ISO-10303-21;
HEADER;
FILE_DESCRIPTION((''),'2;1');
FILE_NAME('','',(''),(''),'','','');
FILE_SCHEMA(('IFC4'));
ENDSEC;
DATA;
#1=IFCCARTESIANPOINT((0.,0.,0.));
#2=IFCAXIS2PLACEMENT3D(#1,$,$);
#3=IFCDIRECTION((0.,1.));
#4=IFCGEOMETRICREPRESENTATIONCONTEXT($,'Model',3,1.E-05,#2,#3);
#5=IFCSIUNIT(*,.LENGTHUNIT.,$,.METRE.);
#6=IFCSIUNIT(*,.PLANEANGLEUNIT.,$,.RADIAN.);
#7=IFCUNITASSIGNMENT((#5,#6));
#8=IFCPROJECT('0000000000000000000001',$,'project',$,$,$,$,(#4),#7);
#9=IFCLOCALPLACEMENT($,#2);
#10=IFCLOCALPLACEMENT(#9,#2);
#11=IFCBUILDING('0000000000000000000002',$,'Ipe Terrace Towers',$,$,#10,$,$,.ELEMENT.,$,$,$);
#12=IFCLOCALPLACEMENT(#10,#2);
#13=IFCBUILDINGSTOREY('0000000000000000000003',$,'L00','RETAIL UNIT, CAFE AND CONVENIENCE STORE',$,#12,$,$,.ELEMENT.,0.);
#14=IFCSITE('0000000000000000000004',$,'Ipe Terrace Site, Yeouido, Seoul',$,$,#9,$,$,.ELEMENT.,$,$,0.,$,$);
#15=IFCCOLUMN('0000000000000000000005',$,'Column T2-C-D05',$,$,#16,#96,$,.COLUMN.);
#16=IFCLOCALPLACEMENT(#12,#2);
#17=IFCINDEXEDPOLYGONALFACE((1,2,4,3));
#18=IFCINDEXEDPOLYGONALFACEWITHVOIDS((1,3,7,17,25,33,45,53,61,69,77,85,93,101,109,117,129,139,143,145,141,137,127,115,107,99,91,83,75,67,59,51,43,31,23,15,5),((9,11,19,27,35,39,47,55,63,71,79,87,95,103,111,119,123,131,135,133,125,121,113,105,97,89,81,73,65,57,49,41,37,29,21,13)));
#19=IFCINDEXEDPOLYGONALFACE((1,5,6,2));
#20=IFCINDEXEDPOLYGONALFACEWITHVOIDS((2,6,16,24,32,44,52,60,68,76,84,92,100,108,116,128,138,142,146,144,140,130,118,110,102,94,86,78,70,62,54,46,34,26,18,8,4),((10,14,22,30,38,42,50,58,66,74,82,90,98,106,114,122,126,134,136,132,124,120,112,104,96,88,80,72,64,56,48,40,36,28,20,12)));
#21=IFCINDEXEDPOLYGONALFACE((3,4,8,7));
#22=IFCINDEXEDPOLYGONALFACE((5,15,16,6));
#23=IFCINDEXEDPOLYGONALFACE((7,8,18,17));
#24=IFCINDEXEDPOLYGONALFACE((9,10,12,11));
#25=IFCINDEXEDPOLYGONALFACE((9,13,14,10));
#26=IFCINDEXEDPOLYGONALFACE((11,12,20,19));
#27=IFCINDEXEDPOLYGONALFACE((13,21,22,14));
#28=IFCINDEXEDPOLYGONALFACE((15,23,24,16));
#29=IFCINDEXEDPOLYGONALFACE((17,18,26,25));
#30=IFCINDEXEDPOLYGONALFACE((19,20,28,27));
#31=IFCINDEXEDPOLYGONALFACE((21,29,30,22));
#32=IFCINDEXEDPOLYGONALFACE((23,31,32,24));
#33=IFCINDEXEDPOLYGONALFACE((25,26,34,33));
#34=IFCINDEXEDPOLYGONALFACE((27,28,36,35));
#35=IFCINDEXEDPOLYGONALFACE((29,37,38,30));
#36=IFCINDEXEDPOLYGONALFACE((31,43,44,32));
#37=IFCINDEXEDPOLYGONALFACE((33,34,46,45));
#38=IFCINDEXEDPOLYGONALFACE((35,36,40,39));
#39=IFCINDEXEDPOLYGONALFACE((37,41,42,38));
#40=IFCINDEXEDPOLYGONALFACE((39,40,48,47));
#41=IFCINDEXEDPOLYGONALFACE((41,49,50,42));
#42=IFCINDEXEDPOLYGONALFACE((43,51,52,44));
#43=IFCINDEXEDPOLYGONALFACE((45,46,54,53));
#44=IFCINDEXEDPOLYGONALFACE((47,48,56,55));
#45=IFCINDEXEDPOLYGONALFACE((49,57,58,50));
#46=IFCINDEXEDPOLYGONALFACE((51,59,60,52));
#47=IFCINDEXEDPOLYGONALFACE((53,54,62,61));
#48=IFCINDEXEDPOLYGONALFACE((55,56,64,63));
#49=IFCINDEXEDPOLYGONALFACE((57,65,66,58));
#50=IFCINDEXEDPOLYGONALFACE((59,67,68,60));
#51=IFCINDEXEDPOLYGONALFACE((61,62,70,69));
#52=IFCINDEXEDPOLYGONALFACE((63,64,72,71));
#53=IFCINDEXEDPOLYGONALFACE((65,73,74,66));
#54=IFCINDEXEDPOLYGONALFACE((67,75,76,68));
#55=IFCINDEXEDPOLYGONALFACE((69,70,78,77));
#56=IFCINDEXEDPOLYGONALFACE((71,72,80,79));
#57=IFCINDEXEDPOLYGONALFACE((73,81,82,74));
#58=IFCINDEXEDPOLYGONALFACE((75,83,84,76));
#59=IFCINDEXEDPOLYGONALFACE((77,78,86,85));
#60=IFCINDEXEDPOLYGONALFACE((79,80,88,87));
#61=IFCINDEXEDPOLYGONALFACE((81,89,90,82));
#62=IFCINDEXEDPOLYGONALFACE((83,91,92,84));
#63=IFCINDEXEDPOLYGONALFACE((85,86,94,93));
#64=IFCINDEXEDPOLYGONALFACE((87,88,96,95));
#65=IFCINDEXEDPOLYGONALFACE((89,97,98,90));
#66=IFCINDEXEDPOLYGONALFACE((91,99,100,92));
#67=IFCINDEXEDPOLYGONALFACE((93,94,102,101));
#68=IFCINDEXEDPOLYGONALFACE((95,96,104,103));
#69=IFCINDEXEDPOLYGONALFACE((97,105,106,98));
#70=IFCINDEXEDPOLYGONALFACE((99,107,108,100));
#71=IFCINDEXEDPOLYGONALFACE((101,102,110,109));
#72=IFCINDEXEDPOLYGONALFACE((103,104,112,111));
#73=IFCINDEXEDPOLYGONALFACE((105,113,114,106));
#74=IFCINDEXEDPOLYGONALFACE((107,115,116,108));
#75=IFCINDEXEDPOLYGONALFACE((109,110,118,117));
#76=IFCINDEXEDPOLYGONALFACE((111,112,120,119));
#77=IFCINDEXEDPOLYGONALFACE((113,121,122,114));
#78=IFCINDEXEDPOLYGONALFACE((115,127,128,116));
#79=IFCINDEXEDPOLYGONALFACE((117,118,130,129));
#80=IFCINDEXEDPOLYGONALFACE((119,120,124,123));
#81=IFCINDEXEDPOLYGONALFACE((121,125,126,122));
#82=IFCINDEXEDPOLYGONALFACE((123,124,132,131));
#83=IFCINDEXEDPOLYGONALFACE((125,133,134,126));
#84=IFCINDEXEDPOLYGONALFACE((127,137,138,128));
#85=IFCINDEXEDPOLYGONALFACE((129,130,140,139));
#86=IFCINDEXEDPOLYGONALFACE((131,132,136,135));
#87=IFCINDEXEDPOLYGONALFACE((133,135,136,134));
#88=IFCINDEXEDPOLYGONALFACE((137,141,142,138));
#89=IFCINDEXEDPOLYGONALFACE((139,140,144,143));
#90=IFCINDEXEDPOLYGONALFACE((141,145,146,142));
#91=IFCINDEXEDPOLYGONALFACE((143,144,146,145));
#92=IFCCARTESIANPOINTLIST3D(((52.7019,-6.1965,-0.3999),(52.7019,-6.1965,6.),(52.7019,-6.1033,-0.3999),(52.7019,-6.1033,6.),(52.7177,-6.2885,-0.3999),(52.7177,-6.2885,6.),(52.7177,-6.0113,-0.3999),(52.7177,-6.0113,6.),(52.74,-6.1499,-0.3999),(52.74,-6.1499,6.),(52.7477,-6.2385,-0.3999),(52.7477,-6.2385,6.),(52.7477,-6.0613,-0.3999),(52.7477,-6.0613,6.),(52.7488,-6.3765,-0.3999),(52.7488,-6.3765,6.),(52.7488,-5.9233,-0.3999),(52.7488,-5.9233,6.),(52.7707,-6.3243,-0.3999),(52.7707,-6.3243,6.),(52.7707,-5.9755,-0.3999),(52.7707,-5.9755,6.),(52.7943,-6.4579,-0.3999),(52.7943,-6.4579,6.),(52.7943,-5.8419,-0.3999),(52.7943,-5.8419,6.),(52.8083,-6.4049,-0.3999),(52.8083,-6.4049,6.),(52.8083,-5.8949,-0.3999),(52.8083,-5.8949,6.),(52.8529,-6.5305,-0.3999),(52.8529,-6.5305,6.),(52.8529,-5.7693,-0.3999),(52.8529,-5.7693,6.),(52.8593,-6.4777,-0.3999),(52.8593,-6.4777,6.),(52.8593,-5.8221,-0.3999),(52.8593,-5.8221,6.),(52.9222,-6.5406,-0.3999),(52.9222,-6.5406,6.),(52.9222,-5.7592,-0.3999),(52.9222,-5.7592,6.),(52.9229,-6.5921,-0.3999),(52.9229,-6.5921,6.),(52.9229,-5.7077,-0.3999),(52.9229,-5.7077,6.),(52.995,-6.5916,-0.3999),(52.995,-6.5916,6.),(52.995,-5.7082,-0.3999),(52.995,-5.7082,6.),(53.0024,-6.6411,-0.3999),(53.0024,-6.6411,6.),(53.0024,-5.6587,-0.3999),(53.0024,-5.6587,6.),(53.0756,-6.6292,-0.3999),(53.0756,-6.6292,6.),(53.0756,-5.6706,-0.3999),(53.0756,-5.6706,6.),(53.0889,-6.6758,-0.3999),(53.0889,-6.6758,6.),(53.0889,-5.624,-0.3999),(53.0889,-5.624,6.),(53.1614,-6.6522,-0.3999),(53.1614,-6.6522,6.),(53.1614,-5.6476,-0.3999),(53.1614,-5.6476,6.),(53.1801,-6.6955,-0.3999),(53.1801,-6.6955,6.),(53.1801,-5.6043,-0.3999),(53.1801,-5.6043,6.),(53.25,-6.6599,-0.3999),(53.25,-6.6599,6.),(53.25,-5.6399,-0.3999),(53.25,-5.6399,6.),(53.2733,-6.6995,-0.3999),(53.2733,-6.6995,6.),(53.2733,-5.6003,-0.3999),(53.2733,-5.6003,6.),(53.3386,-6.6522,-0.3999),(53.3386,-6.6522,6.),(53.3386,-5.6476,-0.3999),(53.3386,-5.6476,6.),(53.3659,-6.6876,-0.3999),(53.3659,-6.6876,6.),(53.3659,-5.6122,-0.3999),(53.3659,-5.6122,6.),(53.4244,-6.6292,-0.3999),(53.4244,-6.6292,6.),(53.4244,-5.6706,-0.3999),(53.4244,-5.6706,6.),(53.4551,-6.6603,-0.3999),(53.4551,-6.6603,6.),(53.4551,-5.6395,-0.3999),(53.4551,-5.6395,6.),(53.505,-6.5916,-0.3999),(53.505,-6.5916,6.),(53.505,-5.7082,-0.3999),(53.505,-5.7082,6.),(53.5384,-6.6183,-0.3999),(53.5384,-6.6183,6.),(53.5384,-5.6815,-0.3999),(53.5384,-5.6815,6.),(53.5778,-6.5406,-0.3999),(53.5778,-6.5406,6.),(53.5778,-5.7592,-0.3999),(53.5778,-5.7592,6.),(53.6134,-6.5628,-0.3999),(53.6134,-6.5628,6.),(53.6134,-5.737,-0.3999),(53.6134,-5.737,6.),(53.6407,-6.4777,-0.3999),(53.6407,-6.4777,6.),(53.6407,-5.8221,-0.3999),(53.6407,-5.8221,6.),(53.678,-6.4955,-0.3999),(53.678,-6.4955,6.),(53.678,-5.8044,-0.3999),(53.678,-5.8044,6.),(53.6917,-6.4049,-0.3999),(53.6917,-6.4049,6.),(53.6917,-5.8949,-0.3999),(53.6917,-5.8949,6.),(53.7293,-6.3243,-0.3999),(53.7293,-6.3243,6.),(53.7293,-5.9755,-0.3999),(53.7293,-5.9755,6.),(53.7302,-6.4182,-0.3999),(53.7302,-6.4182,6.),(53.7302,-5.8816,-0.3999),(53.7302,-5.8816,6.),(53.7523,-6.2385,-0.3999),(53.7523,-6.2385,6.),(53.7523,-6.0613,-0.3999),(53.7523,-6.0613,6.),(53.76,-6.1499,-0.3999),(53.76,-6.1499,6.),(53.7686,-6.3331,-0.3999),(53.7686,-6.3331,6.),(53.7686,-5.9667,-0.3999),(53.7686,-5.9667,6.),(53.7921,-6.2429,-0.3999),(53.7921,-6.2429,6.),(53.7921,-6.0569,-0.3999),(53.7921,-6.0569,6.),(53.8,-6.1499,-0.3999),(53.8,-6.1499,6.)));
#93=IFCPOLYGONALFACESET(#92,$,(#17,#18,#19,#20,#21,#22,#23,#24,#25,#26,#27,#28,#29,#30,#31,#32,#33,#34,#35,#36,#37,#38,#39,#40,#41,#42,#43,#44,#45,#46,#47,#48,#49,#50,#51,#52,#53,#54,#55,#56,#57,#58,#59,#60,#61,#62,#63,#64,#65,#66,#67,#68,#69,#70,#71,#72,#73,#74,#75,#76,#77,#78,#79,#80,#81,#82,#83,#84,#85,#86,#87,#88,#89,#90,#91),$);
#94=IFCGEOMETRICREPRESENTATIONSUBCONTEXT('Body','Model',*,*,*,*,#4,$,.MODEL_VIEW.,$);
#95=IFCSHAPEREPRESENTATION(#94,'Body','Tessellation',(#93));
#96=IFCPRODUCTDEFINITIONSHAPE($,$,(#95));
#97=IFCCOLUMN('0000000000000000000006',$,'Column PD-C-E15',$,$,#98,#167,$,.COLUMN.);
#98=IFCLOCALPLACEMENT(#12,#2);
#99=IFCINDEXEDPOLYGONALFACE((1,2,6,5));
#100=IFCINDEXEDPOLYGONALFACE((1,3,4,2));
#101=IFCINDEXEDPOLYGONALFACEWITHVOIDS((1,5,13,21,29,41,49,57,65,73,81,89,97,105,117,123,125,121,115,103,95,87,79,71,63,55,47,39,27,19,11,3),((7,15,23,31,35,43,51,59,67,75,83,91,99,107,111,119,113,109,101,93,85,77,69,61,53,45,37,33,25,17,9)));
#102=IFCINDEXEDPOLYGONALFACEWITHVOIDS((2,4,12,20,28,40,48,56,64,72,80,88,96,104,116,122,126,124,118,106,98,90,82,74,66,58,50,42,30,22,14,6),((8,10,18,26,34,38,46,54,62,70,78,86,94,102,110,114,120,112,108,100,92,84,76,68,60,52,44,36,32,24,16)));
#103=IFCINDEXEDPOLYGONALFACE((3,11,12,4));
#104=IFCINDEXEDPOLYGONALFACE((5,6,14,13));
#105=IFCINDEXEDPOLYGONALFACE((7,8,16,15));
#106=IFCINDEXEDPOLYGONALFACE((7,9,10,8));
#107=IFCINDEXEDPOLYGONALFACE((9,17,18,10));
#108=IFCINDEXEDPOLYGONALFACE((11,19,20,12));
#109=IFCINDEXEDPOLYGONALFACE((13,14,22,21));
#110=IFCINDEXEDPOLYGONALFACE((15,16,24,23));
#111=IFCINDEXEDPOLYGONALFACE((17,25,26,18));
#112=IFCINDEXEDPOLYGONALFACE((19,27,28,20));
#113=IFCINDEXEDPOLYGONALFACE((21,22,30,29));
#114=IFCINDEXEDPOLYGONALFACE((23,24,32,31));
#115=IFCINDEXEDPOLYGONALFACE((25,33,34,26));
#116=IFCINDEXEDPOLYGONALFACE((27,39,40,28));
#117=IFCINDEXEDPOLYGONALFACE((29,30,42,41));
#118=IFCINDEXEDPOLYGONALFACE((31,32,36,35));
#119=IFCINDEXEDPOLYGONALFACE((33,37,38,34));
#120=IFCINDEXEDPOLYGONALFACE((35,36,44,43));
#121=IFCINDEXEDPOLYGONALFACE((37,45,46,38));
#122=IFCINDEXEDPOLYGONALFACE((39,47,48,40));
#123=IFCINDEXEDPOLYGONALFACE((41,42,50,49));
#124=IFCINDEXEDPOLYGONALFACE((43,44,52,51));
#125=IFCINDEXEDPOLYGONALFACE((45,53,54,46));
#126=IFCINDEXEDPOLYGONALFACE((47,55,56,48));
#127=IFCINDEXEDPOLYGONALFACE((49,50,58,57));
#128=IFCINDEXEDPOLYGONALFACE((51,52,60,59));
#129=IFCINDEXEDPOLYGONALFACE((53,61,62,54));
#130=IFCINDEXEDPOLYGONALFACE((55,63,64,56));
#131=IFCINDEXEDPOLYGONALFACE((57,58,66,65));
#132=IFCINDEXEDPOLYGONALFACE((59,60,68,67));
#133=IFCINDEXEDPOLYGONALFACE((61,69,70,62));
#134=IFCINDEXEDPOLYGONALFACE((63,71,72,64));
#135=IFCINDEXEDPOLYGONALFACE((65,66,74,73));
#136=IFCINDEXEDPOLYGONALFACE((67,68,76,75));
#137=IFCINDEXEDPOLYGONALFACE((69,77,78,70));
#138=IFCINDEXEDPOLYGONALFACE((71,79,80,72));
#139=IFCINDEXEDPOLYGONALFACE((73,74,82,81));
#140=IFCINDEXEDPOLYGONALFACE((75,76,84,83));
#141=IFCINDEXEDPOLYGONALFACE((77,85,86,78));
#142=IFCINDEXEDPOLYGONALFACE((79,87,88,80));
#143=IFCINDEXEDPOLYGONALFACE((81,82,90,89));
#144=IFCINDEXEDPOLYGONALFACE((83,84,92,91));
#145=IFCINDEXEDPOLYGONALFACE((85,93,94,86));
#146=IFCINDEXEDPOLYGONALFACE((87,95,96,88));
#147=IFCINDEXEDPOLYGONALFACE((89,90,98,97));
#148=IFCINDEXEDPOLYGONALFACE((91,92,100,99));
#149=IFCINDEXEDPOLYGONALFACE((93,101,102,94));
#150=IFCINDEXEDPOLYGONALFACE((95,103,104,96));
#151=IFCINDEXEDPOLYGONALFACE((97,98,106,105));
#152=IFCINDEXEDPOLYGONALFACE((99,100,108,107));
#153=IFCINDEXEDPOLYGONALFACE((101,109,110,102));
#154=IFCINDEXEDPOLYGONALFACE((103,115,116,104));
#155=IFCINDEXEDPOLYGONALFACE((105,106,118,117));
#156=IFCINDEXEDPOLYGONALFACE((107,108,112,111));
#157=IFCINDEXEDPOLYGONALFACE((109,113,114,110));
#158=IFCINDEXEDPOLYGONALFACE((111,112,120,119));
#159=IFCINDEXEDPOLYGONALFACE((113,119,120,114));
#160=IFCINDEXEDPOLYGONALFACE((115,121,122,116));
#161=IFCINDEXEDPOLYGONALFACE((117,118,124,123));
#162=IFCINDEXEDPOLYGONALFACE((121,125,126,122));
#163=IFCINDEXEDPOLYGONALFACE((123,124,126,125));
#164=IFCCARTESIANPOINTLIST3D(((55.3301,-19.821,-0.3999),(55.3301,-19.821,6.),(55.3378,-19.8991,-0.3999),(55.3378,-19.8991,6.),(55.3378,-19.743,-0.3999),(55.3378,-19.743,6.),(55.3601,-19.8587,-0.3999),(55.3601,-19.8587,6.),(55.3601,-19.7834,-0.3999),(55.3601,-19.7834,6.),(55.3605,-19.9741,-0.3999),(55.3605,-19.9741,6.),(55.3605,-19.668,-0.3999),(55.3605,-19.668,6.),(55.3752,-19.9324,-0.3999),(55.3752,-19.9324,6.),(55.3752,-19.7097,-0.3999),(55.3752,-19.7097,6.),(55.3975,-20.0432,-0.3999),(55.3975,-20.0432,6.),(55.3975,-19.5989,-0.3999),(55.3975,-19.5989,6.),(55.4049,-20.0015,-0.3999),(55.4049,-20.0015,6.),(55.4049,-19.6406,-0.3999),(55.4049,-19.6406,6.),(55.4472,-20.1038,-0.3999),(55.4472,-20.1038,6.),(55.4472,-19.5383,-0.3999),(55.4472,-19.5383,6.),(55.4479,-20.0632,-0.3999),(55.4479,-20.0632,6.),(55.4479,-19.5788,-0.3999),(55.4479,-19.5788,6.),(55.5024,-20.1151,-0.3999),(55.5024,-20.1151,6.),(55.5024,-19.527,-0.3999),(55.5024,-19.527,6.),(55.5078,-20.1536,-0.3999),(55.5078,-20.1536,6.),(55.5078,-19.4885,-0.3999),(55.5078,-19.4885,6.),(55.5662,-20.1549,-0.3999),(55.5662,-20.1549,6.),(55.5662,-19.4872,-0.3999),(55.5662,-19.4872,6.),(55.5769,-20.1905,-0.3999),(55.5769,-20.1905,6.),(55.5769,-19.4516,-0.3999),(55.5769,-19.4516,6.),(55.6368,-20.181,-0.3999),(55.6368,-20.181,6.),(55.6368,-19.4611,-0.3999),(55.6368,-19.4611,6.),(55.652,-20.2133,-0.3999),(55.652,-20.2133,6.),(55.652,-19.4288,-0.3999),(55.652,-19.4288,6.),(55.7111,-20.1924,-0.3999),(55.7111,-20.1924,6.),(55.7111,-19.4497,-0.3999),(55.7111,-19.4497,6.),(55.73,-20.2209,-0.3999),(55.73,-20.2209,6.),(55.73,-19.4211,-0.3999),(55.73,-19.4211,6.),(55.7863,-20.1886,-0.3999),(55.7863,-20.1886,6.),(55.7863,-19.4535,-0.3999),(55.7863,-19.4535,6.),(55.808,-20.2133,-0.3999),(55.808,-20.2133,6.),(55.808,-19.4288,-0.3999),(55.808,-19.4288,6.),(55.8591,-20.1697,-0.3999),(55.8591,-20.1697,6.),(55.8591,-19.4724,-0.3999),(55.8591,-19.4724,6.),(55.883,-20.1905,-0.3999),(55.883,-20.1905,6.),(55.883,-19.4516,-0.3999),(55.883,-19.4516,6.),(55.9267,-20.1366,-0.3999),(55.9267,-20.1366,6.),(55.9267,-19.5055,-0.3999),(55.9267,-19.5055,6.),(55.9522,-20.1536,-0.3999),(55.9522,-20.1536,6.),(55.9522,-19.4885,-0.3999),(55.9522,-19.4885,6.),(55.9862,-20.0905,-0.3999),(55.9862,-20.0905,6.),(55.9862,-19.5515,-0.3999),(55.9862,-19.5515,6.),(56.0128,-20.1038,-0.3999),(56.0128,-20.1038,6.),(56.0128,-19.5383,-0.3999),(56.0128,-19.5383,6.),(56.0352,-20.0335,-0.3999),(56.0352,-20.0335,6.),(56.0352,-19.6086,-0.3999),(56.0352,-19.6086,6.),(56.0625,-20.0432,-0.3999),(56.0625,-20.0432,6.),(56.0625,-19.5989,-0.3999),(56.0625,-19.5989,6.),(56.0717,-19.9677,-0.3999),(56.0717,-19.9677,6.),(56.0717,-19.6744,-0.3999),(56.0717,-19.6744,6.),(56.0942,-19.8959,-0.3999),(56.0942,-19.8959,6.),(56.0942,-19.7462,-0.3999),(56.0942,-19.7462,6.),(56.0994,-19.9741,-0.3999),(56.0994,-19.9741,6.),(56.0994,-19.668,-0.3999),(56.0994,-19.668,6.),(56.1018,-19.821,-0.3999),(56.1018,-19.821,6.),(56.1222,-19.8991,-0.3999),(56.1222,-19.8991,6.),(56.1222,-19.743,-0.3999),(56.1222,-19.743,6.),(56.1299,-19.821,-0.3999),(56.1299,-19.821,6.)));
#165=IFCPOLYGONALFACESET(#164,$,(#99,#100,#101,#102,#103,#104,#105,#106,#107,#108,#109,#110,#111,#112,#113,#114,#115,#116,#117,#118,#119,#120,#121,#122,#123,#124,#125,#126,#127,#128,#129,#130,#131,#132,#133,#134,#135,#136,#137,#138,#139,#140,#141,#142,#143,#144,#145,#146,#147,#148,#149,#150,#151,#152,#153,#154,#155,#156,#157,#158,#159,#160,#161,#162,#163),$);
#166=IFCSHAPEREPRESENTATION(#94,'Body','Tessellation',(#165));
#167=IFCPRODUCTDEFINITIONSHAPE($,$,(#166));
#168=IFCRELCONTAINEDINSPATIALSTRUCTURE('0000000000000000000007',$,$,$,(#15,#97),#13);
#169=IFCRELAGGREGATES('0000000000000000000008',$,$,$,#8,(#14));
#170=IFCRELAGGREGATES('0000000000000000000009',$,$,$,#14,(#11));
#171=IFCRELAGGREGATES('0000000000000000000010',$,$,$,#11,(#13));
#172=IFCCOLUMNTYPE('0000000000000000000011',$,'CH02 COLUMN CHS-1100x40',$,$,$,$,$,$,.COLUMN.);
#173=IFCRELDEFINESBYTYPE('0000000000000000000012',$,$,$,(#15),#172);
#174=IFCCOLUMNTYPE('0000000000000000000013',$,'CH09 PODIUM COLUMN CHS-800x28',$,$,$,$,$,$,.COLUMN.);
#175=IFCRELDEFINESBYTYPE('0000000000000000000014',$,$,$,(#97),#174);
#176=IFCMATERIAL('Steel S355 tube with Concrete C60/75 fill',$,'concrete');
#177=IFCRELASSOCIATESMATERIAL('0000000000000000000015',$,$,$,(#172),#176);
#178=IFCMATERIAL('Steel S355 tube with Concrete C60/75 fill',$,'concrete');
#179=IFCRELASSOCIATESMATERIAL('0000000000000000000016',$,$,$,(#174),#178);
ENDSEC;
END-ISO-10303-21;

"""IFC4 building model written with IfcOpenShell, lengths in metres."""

from ifc_helpers import new_model, si_unit, direction, frame, origin, origin_2d, place, context, subcontext, project, spatial, hollow_circle, extrude, material, material_profile, profile_set, type_object, element, save


model = new_model("IFC4")

# Units and contexts
model_context = context("Model", 3, precision=1e-05, world=origin(), true_north=direction((0.0, 1.0)))
body_context = subcontext(model_context, "Body", "Model", "MODEL_VIEW")
ifc_project = project(units=[si_unit("LENGTHUNIT", "METRE"), si_unit("PLANEANGLEUNIT", "RADIAN")], contexts=[model_context])

# Site, building, storey
site_placement = place(None, origin())
site = spatial("IfcSite", under=ifc_project, at=site_placement, Name="Ipe Terrace Site, Yeouido, Seoul", CompositionType="ELEMENT", RefElevation=0.0)
building_placement = place(site_placement, origin())
building = spatial("IfcBuilding", under=site, at=building_placement, Name="Ipe Terrace Towers", CompositionType="ELEMENT")
storey_placement = place(building_placement, origin())
storey = spatial("IfcBuildingStorey", under=building, at=storey_placement, Name="L00", Description="RETAIL UNIT, CAFE AND CONVENIENCE STORE", CompositionType="ELEMENT", Elevation=0.0)

# Columns
ifc_material_1 = material(Name="Steel S355 tube with Concrete C60/75 fill", Category="concrete")
ifc_material_profile_1 = material_profile(ifc_material_1, hollow_circle(Radius=0.55, WallThickness=0.04, at=origin_2d()), Name="CHS-1100x40")
ifc_profile_set_1 = profile_set([ifc_material_profile_1], Name="Steel S355 tube with Concrete C60/75 fill")
column_type_1 = type_object("IfcColumnType", Name="CH02 COLUMN CHS-1100x40", PredefinedType="COLUMN", material=ifc_profile_set_1)
for number, where, z_axis, x_axis, name in (
    (1, (53.25, -6.1499, -0.3999), (0.0, 0.0, 1.0), (1.0, 0.0, 0.0), "Column T2-C-D05"),
):
    element("IfcColumn", number, at=place(storey_placement, frame(where, z_axis=z_axis, x_axis=x_axis)), inside=storey, type_object=column_type_1, Name=name, PredefinedType="COLUMN", context=body_context, shape_type="SweptSolid", body=[
        extrude(hollow_circle(Radius=0.55, WallThickness=0.04, at=origin_2d()), origin(), (0.0, 0.0, 1.0), 6.3999),
    ])
ifc_material_2 = material(Name="Steel S355 tube with Concrete C60/75 fill", Category="concrete")
ifc_material_profile_2 = material_profile(ifc_material_2, hollow_circle(Radius=0.3999, WallThickness=0.0281, at=origin_2d()), Name="CHS-800x28")
ifc_profile_set_2 = profile_set([ifc_material_profile_2], Name="Steel S355 tube with Concrete C60/75 fill")
column_type_2 = type_object("IfcColumnType", Name="CH09 PODIUM COLUMN CHS-800x28", PredefinedType="COLUMN", material=ifc_profile_set_2)
for number, where, z_axis, x_axis, name in (
    (2, (55.73, -19.821, -0.3999), (0.0, 0.0, 1.0), (1.0, 0.0, 0.0), "Column PD-C-E15"),
):
    element("IfcColumn", number, at=place(storey_placement, frame(where, z_axis=z_axis, x_axis=x_axis)), inside=storey, type_object=column_type_2, Name=name, PredefinedType="COLUMN", context=body_context, shape_type="SweptSolid", body=[
        extrude(hollow_circle(Radius=0.3999, WallThickness=0.0281, at=origin_2d()), origin(), (0.0, 0.0, 1.0), 6.3999),
    ])

save(model, "model.ifc")
